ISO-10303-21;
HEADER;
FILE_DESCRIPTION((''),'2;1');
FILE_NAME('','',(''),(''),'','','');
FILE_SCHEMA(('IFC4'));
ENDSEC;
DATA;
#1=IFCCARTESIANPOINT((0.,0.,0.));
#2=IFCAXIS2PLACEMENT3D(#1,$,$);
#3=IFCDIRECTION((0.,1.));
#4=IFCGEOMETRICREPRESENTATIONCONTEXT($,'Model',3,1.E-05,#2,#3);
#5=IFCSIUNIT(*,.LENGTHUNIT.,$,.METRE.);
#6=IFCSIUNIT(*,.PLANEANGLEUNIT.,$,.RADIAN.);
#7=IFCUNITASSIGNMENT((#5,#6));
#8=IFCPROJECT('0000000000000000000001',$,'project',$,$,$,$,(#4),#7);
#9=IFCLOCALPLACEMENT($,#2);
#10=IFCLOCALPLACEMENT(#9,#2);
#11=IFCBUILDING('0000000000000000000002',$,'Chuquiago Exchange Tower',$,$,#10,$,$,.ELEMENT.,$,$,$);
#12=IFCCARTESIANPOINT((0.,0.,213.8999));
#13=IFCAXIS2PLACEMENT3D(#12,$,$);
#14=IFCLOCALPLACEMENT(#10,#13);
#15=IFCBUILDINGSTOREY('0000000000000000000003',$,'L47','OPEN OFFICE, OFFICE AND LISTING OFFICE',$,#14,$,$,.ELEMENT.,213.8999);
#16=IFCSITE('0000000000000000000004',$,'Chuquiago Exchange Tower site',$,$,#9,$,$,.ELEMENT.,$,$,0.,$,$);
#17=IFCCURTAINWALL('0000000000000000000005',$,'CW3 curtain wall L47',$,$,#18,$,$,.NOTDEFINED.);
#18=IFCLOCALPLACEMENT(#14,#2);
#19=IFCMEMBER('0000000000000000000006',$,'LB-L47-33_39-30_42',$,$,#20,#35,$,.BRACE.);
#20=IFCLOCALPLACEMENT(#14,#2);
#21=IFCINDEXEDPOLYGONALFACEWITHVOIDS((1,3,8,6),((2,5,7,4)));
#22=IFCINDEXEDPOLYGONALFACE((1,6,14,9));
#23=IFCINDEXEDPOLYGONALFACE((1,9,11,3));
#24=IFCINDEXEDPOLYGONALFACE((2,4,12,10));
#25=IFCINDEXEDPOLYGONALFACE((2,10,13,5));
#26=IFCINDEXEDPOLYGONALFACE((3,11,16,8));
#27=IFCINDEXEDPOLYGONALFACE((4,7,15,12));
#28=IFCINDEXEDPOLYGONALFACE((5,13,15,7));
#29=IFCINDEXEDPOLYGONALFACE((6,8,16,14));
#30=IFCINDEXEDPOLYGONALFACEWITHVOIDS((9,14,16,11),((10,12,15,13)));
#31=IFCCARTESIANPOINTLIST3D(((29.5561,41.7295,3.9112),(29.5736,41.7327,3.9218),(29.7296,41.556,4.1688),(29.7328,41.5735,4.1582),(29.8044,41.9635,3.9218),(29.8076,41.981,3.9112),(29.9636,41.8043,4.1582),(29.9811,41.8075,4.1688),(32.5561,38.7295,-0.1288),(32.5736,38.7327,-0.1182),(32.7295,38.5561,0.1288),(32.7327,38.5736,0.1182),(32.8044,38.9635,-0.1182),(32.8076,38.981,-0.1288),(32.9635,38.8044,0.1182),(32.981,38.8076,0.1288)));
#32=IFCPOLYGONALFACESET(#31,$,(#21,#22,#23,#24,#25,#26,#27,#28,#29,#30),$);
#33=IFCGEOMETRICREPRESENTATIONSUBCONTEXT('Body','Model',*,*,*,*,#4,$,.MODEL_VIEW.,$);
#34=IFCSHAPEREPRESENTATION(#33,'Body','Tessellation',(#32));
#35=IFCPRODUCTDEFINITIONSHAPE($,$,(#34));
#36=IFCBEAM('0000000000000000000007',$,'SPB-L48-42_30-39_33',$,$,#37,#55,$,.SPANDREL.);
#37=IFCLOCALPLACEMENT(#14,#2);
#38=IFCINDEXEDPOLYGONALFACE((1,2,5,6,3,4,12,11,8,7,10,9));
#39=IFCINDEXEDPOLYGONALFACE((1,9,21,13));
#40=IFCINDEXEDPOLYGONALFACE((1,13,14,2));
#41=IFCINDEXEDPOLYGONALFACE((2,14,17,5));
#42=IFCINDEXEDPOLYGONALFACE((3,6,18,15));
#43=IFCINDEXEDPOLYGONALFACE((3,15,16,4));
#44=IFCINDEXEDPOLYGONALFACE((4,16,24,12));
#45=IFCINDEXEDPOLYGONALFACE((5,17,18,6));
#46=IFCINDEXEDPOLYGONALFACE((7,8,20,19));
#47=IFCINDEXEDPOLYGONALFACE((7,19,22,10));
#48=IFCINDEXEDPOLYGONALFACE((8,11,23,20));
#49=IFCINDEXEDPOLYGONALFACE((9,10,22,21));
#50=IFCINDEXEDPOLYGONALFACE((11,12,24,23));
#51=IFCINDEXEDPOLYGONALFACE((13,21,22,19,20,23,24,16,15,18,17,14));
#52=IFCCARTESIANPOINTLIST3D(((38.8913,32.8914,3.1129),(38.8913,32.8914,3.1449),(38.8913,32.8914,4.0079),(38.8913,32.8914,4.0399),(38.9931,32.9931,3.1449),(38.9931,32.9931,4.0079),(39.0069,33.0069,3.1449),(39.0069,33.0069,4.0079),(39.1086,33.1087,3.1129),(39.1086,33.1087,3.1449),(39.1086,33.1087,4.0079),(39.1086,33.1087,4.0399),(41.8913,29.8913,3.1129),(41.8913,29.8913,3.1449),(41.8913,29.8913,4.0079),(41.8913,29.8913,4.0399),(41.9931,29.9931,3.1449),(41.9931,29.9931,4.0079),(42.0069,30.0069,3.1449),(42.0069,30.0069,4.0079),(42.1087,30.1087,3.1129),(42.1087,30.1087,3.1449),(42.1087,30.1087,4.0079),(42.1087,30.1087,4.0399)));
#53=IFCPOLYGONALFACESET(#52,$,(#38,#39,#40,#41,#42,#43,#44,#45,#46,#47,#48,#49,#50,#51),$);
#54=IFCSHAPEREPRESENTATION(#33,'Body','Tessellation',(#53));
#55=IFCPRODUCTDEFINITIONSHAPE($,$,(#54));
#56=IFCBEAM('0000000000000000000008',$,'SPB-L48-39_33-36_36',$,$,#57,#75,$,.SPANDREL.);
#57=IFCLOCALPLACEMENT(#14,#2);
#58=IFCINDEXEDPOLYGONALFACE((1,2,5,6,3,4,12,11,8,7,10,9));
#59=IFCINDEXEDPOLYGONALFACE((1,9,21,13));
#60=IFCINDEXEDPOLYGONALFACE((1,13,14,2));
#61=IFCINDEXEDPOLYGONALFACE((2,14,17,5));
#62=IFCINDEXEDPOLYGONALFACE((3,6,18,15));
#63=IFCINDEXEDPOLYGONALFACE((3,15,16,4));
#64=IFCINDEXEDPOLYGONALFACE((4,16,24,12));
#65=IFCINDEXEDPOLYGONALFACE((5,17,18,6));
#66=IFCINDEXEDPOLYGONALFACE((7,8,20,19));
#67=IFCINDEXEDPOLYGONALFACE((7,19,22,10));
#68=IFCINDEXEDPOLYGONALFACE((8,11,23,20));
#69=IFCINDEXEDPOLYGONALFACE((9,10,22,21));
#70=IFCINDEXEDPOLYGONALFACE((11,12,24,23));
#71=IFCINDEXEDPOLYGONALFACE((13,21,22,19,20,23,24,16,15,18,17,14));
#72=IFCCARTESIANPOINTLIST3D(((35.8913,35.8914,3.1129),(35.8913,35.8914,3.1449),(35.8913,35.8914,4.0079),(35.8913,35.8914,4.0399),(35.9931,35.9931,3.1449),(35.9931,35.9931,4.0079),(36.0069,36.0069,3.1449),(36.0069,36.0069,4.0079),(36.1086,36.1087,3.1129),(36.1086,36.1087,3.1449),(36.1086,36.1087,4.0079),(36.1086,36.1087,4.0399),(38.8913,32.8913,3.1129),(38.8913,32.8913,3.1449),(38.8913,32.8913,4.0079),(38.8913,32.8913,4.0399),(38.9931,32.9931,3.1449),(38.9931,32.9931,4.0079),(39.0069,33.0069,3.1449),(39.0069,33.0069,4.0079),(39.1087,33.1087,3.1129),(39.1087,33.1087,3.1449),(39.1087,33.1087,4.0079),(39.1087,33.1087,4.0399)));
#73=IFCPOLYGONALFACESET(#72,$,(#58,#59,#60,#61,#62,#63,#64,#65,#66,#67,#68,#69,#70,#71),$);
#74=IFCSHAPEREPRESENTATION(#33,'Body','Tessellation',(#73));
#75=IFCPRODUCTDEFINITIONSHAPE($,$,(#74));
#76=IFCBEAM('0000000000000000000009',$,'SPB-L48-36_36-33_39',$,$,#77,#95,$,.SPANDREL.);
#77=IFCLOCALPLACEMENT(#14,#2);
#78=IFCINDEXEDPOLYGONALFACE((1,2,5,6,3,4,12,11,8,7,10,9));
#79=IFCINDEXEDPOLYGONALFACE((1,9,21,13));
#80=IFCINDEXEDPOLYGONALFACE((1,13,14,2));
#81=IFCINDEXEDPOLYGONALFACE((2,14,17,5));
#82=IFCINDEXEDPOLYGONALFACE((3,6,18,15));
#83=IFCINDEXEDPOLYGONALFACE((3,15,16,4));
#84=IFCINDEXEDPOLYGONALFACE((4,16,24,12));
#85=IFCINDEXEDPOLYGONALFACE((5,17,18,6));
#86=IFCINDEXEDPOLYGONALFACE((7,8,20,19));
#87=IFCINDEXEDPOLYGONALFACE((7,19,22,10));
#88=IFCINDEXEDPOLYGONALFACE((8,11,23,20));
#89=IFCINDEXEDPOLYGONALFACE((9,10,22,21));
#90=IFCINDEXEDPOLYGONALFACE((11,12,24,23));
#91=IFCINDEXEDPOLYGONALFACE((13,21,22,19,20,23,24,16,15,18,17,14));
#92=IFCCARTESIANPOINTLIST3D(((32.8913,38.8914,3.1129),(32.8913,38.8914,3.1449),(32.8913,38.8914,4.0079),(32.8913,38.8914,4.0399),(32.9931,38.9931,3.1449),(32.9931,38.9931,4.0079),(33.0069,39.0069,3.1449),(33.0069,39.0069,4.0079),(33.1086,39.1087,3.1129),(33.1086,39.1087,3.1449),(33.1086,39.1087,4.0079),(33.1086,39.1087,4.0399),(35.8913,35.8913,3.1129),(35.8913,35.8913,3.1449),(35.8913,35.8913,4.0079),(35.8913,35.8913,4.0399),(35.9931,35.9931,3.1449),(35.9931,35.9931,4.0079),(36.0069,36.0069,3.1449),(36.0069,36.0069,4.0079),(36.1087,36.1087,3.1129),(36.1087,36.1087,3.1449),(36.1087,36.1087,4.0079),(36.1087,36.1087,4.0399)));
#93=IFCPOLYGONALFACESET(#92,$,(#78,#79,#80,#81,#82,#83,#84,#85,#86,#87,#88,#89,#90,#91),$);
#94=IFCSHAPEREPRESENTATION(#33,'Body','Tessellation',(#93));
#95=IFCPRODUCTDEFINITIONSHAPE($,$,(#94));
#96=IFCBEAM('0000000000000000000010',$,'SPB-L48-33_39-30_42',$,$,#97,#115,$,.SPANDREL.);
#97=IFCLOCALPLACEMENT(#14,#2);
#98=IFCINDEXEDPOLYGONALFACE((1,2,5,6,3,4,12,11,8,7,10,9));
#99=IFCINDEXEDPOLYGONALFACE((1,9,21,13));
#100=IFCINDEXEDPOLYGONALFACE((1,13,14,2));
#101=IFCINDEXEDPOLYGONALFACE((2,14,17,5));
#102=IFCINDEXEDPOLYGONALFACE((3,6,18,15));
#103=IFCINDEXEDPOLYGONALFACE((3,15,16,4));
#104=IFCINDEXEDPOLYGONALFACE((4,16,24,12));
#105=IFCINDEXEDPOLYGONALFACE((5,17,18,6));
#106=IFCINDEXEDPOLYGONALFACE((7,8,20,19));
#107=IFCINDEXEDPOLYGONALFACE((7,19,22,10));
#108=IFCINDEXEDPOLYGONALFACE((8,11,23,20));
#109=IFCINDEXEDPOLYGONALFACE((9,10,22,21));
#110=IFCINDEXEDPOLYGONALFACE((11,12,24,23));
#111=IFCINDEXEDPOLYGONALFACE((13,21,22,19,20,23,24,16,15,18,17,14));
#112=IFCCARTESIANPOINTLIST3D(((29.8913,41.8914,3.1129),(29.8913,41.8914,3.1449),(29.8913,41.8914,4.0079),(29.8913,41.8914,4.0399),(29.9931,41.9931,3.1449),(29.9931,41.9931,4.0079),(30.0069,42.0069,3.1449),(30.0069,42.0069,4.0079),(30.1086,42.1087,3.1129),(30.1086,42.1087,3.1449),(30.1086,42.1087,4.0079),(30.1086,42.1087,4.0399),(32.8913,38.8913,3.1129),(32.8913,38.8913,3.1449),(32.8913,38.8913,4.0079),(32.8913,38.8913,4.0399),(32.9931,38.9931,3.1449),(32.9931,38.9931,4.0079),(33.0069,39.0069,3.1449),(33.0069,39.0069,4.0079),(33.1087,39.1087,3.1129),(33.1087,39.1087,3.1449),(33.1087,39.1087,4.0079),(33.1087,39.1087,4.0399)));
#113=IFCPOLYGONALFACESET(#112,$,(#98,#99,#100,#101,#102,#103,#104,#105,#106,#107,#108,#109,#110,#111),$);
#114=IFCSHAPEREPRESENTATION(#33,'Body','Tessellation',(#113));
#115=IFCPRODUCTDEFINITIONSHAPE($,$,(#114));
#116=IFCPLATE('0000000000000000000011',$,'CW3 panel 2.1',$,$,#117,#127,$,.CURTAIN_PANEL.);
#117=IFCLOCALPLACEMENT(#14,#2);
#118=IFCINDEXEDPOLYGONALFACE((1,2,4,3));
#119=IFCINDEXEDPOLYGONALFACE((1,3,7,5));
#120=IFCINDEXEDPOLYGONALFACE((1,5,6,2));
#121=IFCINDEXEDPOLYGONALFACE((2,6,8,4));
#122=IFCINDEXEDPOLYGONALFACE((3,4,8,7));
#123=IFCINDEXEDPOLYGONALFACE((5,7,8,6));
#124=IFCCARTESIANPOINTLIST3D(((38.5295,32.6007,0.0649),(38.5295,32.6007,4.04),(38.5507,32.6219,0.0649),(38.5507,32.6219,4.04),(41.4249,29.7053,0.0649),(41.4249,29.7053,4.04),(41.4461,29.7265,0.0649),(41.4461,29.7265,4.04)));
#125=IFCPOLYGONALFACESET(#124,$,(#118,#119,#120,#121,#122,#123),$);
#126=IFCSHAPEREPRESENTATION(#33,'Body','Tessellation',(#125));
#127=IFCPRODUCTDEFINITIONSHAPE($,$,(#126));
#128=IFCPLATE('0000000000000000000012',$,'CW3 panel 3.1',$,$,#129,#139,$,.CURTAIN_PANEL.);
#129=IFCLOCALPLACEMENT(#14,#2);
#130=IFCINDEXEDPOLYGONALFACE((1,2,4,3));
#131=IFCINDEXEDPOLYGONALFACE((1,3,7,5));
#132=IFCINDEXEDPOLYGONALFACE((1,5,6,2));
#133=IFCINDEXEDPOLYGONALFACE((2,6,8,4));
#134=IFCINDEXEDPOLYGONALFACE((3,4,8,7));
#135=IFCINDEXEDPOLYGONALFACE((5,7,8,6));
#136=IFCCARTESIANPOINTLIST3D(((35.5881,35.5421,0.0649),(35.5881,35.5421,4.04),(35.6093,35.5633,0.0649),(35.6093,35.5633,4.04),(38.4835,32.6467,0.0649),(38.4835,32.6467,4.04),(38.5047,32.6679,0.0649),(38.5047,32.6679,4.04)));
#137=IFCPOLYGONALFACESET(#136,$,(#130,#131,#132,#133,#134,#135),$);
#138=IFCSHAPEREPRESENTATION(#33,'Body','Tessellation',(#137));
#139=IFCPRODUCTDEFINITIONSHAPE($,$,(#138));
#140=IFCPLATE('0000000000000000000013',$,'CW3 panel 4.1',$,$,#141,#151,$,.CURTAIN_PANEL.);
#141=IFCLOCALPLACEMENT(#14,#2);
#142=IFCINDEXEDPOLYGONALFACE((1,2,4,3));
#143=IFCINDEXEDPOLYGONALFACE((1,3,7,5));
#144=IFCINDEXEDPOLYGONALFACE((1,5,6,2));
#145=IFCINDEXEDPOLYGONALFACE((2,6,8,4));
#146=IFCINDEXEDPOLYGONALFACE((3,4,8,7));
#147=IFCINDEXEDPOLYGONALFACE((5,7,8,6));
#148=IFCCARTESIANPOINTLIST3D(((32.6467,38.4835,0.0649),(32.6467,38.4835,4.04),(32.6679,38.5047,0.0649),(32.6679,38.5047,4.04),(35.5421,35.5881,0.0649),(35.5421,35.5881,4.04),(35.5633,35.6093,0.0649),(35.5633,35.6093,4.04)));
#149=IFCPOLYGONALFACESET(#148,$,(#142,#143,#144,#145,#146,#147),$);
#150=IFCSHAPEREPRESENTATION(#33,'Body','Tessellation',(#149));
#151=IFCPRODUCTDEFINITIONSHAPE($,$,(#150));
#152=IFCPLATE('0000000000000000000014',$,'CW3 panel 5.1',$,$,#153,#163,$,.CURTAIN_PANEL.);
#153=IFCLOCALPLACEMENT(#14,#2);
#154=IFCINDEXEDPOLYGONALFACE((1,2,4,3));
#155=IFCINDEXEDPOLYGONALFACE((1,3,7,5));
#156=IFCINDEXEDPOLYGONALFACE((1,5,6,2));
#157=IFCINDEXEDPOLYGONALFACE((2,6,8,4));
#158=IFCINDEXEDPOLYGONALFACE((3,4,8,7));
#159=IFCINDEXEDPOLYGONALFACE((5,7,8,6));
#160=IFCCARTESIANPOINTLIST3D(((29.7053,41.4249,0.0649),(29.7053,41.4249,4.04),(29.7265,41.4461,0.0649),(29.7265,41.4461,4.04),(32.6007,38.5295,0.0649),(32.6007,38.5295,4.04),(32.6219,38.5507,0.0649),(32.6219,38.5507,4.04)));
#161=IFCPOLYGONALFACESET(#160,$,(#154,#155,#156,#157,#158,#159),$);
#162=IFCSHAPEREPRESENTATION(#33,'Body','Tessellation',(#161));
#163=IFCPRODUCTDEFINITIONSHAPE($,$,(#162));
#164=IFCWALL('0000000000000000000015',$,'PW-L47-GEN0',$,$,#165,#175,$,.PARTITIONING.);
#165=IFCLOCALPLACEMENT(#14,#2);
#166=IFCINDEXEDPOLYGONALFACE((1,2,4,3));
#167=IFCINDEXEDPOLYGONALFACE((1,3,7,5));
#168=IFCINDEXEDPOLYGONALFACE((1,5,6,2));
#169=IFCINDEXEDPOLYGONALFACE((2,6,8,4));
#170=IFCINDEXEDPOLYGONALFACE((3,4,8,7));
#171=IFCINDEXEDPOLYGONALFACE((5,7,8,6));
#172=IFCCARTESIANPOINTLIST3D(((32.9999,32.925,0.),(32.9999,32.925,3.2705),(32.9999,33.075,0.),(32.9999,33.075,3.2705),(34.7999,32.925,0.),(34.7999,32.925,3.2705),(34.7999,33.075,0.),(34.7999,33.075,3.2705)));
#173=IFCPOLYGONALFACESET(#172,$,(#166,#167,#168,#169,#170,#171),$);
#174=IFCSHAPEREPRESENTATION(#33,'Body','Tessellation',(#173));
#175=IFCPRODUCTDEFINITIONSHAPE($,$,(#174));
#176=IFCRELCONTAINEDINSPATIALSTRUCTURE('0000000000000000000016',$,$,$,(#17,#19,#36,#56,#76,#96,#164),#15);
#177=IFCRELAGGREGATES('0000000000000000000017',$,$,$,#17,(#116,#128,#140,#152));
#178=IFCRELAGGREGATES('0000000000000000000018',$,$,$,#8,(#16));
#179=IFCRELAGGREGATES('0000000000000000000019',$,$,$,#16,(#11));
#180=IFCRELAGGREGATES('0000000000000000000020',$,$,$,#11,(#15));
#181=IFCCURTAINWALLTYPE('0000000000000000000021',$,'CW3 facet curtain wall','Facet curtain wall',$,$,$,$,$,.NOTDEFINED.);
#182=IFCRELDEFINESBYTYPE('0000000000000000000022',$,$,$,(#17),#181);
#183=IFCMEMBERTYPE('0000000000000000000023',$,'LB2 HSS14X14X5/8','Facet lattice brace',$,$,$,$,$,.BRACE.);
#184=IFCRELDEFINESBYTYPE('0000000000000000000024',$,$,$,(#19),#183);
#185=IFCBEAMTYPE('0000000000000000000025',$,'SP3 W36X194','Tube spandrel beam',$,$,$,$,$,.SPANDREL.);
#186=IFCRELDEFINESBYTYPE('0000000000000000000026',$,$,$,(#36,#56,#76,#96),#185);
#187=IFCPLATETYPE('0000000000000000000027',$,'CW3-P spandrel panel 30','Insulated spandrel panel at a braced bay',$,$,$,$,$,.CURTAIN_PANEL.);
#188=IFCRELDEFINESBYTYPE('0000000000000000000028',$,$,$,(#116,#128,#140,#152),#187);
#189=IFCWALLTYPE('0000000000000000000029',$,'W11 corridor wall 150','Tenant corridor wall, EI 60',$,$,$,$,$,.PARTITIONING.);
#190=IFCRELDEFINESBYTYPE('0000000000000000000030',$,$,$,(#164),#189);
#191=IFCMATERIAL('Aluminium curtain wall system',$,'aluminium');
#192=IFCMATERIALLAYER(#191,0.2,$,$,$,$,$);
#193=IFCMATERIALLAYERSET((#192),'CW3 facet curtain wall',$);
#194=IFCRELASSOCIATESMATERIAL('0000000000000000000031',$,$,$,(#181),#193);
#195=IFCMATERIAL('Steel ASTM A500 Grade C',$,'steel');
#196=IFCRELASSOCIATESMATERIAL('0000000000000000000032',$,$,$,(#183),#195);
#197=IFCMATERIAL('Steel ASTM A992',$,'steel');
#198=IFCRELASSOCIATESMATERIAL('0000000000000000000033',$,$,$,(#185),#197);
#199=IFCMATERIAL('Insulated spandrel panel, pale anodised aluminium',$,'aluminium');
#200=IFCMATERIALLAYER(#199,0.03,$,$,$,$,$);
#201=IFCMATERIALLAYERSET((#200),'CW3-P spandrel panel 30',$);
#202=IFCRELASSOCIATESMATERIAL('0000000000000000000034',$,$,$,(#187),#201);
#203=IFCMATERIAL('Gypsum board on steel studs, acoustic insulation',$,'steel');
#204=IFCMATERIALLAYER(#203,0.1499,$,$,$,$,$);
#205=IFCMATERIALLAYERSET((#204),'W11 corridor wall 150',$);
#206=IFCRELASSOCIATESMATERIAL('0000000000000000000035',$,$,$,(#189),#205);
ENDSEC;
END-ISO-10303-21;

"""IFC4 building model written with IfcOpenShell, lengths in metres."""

from ifc_helpers import new_model, si_unit, direction, frame, frame_2d, origin, origin_2d, place, context, subcontext, project, spatial, rectangle, hollow_rectangle, i_section, extrude, material, layer, layer_set, material_profile, profile_set, type_object, element, aggregate, save


model = new_model("IFC4")

# Units and contexts
model_context = context("Model", 3, precision=1e-05, world=origin(), true_north=direction((0.0, 1.0)))
body_context = subcontext(model_context, "Body", "Model", "MODEL_VIEW")
ifc_project = project(units=[si_unit("LENGTHUNIT", "METRE"), si_unit("PLANEANGLEUNIT", "RADIAN")], contexts=[model_context])

# Site, building, storey
site_placement = place(None, origin())
site = spatial("IfcSite", under=ifc_project, at=site_placement, Name="Chuquiago Exchange Tower site", CompositionType="ELEMENT", RefElevation=0.0)
building_placement = place(site_placement, origin())
building = spatial("IfcBuilding", under=site, at=building_placement, Name="Chuquiago Exchange Tower", CompositionType="ELEMENT")
storey_placement = place(building_placement, frame((0.0, 0.0, 213.8999)))
storey = spatial("IfcBuildingStorey", under=building, at=storey_placement, Name="L47", Description="OPEN OFFICE, OFFICE AND LISTING OFFICE", CompositionType="ELEMENT", Elevation=213.8999)

# Curtain wall
ifc_material_1 = material(Name="Aluminium curtain wall system", Category="aluminium")
ifc_layer_1 = layer(ifc_material_1, 0.2)
ifc_layer_set_1 = layer_set([ifc_layer_1], Name="CW3 facet curtain wall")
curtain_wall_type = type_object("IfcCurtainWallType", Name="CW3 facet curtain wall", Description="Facet curtain wall", PredefinedType="NOTDEFINED", material=ifc_layer_set_1)
curtain_wall_placement = place(storey_placement, origin())
curtain_wall = element("IfcCurtainWall", 1, at=curtain_wall_placement, inside=storey, type_object=curtain_wall_type, Name="CW3 curtain wall L47", PredefinedType="NOTDEFINED")

# Member
ifc_material_2 = material(Name="Steel ASTM A500 Grade C", Category="steel")
ifc_material_profile_1 = material_profile(ifc_material_2, hollow_rectangle(XDim=0.3557, YDim=0.3557, WallThickness=0.0146, at=origin_2d()), Name="HSS14X14X5/8")
ifc_profile_set_1 = profile_set([ifc_material_profile_1], Name="Steel ASTM A500 Grade C")
member_type_1 = type_object("IfcMemberType", Name="LB2 HSS14X14X5/8", Description="Facet lattice brace", PredefinedType="BRACE", material=ifc_profile_set_1)
for number, where, z_axis, x_axis, name in (
    (2, (32.7686, 38.7686, 0.0), (-0.512077, 0.512077, 0.689604), (-0.707107, -0.707107, 0.0), "LB-L47-33_39-30_42"),
):
    element("IfcMember", number, at=place(storey_placement, frame(where, z_axis=z_axis, x_axis=x_axis)), inside=storey, type_object=member_type_1, Name=name, PredefinedType="BRACE", context=body_context, shape_type="SweptSolid", body=[
        extrude(hollow_rectangle(XDim=0.3557, YDim=0.3557, WallThickness=0.0146, at=origin_2d()), origin(), (0.0, 0.0, 1.0), 5.8584),
    ])

# Beams
ifc_material_3 = material(Name="Steel ASTM A992", Category="steel")
ifc_material_profile_2 = material_profile(ifc_material_3, i_section(OverallWidth=0.3074, OverallDepth=0.927, WebThickness=0.0195, FlangeThickness=0.032, at=origin_2d()), Name="W36X194")
ifc_profile_set_2 = profile_set([ifc_material_profile_2], Name="Steel ASTM A992")
beam_type_1 = type_object("IfcBeamType", Name="SP3 W36X194", Description="Tube spandrel beam", PredefinedType="SPANDREL", material=ifc_profile_set_2)
for number, where, z_axis, x_axis, name in (
    (3, (42.0, 30.0, 3.5764), (-0.707107, 0.707107, 0.0), (-0.707107, -0.707107, 0.0), "SPB-L48-42_30-39_33"),
    (4, (39.0, 33.0, 3.5764), (-0.707107, 0.707107, 0.0), (-0.707107, -0.707107, 0.0), "SPB-L48-39_33-36_36"),
    (5, (36.0, 36.0, 3.5764), (-0.707107, 0.707107, 0.0), (-0.707107, -0.707107, 0.0), "SPB-L48-36_36-33_39"),
    (6, (33.0, 39.0, 3.5764), (-0.707107, 0.707107, 0.0), (-0.707107, -0.707107, 0.0), "SPB-L48-33_39-30_42"),
):
    element("IfcBeam", number, at=place(storey_placement, frame(where, z_axis=z_axis, x_axis=x_axis)), inside=storey, type_object=beam_type_1, Name=name, PredefinedType="SPANDREL", context=body_context, shape_type="SweptSolid", body=[
        extrude(i_section(OverallWidth=0.3074, OverallDepth=0.927, WebThickness=0.0195, FlangeThickness=0.032, at=origin_2d()), origin(), (0.0, 0.0, 1.0), 4.2427),
    ])

# Plates
ifc_material_4 = material(Name="Insulated spandrel panel, pale anodised aluminium", Category="aluminium")
ifc_layer_2 = layer(ifc_material_4, 0.03)
ifc_layer_set_2 = layer_set([ifc_layer_2], Name="CW3-P spandrel panel 30")
plate_type = type_object("IfcPlateType", Name="CW3-P spandrel panel 30", Description="Insulated spandrel panel at a braced bay", PredefinedType="CURTAIN_PANEL", material=ifc_layer_set_2)
plate_1_placement = place(storey_placement, frame((39.9878, 31.1636, 0.0649), z_axis=(0.0, 0.0, 1.0), x_axis=(-0.707107, 0.707107, 0.0)))
plate_1 = element("IfcPlate", 7, at=plate_1_placement, type_object=plate_type, Name="CW3 panel 2.1", PredefinedType="CURTAIN_PANEL", context=body_context, shape_type="SweptSolid", body=[
    extrude(rectangle(XDim=4.0947, YDim=0.03, at=origin_2d()), origin(), (0.0, 0.0, 1.0), 3.9751),
])
plate_2_placement = place(storey_placement, frame((37.0464, 34.105, 0.0649), z_axis=(0.0, 0.0, 1.0), x_axis=(-0.707107, 0.707107, 0.0)))
plate_2 = element("IfcPlate", 8, at=plate_2_placement, type_object=plate_type, Name="CW3 panel 3.1", PredefinedType="CURTAIN_PANEL", context=body_context, shape_type="SweptSolid", body=[
    extrude(rectangle(XDim=4.0947, YDim=0.03, at=origin_2d()), origin(), (0.0, 0.0, 1.0), 3.9751),
])
plate_3_placement = place(storey_placement, frame((34.105, 37.0464, 0.0649), z_axis=(0.0, 0.0, 1.0), x_axis=(-0.707107, 0.707107, 0.0)))
plate_3 = element("IfcPlate", 9, at=plate_3_placement, type_object=plate_type, Name="CW3 panel 4.1", PredefinedType="CURTAIN_PANEL", context=body_context, shape_type="SweptSolid", body=[
    extrude(rectangle(XDim=4.0947, YDim=0.03, at=origin_2d()), origin(), (0.0, 0.0, 1.0), 3.9751),
])
plate_4_placement = place(storey_placement, frame((31.1636, 39.9878, 0.0649), z_axis=(0.0, 0.0, 1.0), x_axis=(-0.707107, 0.707107, 0.0)))
plate_4 = element("IfcPlate", 10, at=plate_4_placement, type_object=plate_type, Name="CW3 panel 5.1", PredefinedType="CURTAIN_PANEL", context=body_context, shape_type="SweptSolid", body=[
    extrude(rectangle(XDim=4.0947, YDim=0.03, at=origin_2d()), origin(), (0.0, 0.0, 1.0), 3.9751),
])
aggregate(curtain_wall, [plate_1, plate_2, plate_3, plate_4])

# Wall
ifc_material_5 = material(Name="Gypsum board on steel studs, acoustic insulation", Category="steel")
ifc_layer_3 = layer(ifc_material_5, 0.1499)
ifc_layer_set_3 = layer_set([ifc_layer_3], Name="W11 corridor wall 150")
wall_type_1 = type_object("IfcWallType", Name="W11 corridor wall 150", Description="Tenant corridor wall, EI 60", PredefinedType="PARTITIONING", material=ifc_layer_set_3)
wall_1_placement = place(storey_placement, frame((33.0, 33.0, 0.0), z_axis=(0.0, 0.0, 1.0), x_axis=(1.0, 0.0, 0.0)))
element("IfcWall", 11, at=wall_1_placement, inside=storey, type_object=wall_type_1, Name="PW-L47-GEN0", PredefinedType="PARTITIONING", context=body_context, shape_type="SweptSolid", body=[
    extrude(rectangle(XDim=1.8, YDim=0.1499, at=frame_2d((0.8999, 0.0))), origin(), (0.0, 0.0, 1.0), 3.2705),
])

save(model, "model.ifc")
